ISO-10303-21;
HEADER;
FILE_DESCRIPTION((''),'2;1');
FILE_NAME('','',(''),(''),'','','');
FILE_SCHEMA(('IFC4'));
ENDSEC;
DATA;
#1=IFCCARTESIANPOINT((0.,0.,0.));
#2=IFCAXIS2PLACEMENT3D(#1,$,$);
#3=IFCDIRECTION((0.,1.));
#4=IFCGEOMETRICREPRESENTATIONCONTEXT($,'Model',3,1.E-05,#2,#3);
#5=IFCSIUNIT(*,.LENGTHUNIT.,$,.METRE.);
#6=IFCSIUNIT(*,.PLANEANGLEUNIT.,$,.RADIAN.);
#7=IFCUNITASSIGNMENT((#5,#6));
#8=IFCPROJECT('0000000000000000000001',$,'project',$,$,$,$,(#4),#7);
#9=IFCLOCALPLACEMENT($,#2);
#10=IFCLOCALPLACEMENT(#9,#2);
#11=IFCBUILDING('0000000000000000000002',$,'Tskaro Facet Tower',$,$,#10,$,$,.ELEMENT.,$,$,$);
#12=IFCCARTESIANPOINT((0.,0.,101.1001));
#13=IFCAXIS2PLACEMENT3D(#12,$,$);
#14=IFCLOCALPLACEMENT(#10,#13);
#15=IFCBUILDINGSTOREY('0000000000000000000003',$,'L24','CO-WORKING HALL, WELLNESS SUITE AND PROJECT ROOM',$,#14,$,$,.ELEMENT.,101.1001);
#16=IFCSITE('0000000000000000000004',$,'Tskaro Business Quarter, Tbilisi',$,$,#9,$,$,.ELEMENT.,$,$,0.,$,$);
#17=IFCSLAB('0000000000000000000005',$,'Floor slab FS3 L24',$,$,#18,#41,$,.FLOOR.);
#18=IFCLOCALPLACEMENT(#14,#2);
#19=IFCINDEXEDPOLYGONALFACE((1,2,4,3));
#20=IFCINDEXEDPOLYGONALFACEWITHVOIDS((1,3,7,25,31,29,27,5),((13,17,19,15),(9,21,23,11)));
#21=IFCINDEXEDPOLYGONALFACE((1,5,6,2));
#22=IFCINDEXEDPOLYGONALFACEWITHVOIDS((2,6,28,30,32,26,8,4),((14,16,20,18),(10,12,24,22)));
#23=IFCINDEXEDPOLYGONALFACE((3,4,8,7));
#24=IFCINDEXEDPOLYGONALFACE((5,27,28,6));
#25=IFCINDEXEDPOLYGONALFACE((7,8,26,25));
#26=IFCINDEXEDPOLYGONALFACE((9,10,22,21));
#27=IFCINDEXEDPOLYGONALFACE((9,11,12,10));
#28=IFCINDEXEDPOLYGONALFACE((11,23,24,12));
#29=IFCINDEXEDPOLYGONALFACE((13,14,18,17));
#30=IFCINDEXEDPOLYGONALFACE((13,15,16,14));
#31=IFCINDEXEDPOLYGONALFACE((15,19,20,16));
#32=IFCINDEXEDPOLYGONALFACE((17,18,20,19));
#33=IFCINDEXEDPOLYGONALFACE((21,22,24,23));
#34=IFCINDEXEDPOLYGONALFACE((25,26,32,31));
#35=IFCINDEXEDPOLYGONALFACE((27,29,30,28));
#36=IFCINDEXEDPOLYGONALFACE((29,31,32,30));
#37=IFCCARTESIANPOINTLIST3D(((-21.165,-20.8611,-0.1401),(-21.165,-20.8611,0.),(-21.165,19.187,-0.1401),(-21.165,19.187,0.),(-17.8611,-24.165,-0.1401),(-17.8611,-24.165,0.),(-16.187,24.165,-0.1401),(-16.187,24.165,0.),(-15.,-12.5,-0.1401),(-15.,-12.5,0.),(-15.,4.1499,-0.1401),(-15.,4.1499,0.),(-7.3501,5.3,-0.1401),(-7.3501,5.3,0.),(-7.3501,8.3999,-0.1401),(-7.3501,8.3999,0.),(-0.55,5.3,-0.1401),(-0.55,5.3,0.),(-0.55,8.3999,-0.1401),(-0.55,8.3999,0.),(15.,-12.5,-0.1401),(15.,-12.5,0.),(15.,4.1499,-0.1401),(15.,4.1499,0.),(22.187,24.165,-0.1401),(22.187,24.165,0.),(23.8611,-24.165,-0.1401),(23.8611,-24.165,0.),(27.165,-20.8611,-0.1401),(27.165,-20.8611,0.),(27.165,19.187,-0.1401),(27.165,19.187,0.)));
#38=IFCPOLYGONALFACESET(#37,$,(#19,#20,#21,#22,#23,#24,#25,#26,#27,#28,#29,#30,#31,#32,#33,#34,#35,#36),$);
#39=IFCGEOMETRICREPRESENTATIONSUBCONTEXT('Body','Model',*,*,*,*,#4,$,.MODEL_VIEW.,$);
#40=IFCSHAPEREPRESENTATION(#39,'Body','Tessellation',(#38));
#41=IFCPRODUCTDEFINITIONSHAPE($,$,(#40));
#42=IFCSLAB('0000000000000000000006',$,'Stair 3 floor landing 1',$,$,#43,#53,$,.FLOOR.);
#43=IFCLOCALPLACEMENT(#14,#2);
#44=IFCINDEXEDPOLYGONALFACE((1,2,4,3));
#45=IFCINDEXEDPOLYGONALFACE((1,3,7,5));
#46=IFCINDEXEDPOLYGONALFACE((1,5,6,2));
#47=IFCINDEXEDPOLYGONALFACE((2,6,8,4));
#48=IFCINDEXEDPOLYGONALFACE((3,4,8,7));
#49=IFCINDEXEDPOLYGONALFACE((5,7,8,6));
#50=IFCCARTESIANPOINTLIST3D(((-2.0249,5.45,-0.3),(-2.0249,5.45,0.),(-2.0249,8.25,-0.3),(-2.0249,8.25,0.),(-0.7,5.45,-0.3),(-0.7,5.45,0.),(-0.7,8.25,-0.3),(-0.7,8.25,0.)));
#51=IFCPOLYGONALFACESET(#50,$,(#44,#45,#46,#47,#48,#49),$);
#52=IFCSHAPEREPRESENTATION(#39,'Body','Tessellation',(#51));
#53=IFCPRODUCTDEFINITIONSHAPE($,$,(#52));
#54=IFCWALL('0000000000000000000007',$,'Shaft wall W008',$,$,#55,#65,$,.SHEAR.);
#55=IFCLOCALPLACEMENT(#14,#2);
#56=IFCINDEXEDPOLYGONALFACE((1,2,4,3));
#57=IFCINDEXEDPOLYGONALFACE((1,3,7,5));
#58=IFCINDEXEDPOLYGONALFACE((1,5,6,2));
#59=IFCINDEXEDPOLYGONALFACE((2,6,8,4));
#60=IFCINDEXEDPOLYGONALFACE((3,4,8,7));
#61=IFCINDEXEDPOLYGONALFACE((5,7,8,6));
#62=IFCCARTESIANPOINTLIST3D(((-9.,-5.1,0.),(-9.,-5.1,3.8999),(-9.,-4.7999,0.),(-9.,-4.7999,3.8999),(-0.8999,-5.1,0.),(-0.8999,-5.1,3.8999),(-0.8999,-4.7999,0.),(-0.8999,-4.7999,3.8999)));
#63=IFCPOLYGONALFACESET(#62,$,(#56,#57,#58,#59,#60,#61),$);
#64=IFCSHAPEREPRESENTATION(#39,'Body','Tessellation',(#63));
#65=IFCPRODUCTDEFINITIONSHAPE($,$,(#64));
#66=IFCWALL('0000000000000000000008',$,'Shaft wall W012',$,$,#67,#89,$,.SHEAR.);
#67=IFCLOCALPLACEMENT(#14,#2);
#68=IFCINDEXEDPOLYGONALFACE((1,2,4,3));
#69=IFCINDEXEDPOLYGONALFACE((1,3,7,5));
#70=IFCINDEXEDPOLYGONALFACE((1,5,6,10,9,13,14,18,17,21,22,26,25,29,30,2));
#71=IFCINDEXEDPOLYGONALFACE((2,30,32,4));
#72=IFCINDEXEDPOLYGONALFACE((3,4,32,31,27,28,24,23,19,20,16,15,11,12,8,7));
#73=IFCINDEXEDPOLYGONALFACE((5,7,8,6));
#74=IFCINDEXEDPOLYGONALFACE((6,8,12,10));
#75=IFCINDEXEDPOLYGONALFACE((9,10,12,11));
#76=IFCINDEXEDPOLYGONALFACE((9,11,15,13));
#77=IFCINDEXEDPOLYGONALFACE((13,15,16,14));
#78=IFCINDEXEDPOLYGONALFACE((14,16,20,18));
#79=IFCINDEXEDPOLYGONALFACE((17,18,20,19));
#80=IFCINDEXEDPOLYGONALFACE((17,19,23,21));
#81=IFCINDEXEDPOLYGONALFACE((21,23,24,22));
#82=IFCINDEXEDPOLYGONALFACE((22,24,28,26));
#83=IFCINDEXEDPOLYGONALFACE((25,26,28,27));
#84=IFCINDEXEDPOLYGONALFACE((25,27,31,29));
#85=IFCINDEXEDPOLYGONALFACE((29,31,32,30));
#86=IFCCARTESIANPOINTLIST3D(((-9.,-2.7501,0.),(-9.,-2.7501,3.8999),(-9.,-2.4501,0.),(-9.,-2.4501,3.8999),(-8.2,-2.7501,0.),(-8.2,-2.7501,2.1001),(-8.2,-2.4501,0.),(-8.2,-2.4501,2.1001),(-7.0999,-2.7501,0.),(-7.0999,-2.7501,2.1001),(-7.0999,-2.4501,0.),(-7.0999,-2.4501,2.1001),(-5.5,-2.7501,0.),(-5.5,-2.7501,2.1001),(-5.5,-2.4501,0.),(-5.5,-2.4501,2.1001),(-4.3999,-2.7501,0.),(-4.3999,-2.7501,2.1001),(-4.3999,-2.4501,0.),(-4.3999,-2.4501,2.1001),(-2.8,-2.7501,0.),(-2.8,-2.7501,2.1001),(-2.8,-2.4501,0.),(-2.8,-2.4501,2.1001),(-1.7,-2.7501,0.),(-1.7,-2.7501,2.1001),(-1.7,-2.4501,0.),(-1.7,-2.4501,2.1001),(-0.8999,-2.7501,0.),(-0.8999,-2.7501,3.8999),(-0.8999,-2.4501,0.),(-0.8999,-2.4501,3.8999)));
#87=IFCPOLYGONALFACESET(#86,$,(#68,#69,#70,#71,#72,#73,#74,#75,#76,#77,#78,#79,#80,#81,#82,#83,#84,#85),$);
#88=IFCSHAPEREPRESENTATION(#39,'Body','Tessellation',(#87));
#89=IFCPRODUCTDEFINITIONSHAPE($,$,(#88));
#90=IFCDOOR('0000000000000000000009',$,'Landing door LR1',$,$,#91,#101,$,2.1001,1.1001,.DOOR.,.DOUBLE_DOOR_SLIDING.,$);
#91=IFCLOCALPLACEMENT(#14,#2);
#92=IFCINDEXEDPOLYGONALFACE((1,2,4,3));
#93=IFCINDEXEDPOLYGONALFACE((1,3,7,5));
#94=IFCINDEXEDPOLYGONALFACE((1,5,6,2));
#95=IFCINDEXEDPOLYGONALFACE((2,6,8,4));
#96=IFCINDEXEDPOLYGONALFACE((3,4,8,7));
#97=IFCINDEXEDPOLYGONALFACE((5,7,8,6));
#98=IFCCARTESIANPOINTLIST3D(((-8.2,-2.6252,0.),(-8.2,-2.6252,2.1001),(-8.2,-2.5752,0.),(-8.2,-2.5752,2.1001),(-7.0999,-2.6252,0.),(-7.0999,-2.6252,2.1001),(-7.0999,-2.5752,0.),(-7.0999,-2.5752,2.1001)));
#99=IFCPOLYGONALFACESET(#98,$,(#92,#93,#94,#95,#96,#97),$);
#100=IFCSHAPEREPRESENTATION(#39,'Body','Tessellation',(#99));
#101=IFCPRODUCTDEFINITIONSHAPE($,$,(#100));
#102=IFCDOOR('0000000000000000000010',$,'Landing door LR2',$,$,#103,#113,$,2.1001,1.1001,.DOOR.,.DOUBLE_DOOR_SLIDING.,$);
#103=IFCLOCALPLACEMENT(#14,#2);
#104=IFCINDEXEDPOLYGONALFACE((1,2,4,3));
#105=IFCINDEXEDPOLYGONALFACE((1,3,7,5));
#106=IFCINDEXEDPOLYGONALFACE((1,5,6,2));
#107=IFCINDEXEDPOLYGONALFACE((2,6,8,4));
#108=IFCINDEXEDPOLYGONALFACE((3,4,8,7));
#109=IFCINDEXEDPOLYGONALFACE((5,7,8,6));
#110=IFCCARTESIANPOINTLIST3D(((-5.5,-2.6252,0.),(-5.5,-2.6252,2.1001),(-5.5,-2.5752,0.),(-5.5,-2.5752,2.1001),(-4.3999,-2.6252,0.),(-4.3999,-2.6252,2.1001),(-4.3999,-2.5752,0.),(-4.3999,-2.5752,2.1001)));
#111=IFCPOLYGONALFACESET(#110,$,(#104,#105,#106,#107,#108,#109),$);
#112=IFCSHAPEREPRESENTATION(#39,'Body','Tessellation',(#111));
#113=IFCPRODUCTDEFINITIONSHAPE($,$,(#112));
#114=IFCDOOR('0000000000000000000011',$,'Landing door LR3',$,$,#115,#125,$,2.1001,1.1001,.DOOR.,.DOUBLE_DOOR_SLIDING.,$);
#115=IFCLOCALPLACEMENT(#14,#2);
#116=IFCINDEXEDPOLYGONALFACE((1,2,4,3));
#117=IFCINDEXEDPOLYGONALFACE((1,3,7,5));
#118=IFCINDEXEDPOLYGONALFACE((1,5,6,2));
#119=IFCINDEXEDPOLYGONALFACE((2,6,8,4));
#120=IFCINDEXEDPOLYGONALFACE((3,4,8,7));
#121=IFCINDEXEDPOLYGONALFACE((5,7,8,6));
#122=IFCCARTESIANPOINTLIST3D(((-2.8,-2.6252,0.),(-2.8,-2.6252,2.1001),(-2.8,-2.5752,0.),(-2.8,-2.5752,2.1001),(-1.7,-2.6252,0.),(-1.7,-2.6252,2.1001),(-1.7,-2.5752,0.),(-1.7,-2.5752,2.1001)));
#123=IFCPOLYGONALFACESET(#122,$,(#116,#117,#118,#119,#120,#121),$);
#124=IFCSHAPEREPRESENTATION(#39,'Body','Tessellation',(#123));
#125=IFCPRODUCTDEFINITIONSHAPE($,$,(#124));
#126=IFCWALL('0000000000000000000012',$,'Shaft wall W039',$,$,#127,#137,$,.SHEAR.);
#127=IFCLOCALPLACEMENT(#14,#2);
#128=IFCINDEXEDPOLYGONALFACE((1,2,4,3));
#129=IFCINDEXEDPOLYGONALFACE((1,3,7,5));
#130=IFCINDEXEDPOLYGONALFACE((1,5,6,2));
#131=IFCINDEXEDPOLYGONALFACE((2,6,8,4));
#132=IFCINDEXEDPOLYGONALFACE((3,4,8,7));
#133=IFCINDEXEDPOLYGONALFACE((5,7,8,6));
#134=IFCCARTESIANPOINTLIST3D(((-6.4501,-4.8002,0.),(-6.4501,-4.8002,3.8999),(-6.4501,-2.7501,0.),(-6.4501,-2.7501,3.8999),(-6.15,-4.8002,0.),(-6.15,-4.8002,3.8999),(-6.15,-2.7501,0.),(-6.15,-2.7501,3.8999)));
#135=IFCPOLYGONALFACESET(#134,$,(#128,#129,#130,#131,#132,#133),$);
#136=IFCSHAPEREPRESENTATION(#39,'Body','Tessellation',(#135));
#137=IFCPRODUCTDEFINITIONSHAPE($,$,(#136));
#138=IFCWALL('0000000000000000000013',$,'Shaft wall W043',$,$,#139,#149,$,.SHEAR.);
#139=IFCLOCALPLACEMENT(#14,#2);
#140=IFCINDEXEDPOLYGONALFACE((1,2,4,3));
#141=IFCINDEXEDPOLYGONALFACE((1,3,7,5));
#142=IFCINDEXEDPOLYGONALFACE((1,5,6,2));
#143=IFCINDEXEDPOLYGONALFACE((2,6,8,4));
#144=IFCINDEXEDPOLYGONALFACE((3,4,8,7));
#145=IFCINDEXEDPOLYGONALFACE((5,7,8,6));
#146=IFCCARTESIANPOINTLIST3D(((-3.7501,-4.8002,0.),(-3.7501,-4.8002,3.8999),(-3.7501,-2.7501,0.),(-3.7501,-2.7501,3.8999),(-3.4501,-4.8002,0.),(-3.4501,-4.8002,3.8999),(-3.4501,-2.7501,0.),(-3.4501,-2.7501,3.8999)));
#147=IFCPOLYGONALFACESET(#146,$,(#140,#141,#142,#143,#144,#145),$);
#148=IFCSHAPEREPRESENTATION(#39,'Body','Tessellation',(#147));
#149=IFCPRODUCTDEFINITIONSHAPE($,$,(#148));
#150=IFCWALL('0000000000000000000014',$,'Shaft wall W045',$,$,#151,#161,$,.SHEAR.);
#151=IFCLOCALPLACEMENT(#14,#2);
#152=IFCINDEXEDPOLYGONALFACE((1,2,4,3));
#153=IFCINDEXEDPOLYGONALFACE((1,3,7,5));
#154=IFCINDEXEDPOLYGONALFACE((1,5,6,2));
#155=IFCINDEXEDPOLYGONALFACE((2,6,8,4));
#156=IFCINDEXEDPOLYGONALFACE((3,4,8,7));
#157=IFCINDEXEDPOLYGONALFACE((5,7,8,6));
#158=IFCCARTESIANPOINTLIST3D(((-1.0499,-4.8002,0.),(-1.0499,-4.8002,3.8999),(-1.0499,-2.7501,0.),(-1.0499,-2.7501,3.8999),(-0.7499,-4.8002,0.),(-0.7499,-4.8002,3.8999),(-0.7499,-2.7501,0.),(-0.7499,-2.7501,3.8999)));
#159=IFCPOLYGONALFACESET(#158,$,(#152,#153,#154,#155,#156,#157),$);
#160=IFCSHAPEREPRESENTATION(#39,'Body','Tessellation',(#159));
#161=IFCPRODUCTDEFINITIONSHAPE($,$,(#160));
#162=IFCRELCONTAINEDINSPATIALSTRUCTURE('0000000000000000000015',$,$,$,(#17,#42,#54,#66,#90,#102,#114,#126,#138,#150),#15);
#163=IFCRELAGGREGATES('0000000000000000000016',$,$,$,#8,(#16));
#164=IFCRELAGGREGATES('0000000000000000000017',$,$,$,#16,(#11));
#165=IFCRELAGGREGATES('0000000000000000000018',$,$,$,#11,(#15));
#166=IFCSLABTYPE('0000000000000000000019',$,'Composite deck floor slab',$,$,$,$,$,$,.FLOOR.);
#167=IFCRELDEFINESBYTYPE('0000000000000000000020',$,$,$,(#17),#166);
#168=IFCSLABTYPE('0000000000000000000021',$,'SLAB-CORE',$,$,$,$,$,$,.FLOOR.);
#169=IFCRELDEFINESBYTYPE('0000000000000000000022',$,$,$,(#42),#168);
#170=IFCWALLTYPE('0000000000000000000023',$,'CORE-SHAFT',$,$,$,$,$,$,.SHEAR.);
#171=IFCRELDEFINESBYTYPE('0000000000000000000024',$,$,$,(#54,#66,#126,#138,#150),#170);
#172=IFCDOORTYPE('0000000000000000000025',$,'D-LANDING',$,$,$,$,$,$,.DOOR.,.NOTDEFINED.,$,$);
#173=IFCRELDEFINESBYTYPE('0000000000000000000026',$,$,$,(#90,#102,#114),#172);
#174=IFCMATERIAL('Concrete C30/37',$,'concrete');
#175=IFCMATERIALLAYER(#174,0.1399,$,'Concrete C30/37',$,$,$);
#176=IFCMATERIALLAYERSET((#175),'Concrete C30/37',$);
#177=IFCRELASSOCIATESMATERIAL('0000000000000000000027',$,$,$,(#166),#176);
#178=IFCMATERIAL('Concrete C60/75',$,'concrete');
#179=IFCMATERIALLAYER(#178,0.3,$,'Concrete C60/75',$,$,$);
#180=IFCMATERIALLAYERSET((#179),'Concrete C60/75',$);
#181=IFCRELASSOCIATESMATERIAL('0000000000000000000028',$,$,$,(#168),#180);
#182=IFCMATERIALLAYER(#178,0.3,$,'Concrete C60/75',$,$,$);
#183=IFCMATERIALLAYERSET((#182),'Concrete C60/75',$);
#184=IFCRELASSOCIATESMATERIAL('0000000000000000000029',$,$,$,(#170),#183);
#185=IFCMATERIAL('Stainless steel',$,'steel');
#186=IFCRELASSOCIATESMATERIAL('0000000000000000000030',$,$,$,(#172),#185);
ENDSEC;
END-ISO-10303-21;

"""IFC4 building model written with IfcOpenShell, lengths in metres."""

from ifc_helpers import new_model, si_unit, direction, frame, frame_2d, origin, place, context, subcontext, project, spatial, polyline, rectangle, outline, extrude, material, layer, layer_set, type_object, element, fill, save


model = new_model("IFC4")

# Units and contexts
model_context = context("Model", 3, precision=1e-05, world=origin(), true_north=direction((0.0, 1.0)))
body_context = subcontext(model_context, "Body", "Model", "MODEL_VIEW")
ifc_project = project(units=[si_unit("LENGTHUNIT", "METRE"), si_unit("PLANEANGLEUNIT", "RADIAN")], contexts=[model_context])

# Site, building, storey
site_placement = place(None, origin())
site = spatial("IfcSite", under=ifc_project, at=site_placement, Name="Tskaro Business Quarter, Tbilisi", CompositionType="ELEMENT", RefElevation=0.0)
building_placement = place(site_placement, origin())
building = spatial("IfcBuilding", under=site, at=building_placement, Name="Tskaro Facet Tower", CompositionType="ELEMENT")
storey_placement = place(building_placement, frame((0.0, 0.0, 101.1001)))
storey = spatial("IfcBuildingStorey", under=building, at=storey_placement, Name="L24", Description="CO-WORKING HALL, WELLNESS SUITE AND PROJECT ROOM", CompositionType="ELEMENT", Elevation=101.1001)

# Slabs
ifc_material_1 = material(Name="Concrete C30/37", Category="concrete")
ifc_layer_1 = layer(ifc_material_1, 0.1399, Name="Concrete C30/37")
ifc_layer_set_1 = layer_set([ifc_layer_1], Name="Concrete C30/37")
slab_type_1 = type_object("IfcSlabType", Name="Composite deck floor slab", PredefinedType="FLOOR", material=ifc_layer_set_1)
slab_1_placement = place(storey_placement, frame((0.0, 0.0, -0.1401)))
element("IfcSlab", 1, at=slab_1_placement, inside=storey, type_object=slab_type_1, Name="Floor slab FS3 L24", PredefinedType="FLOOR", context=body_context, shape_type="SweptSolid", body=[
    extrude(outline(polyline([(-17.8611, -24.165), (23.8611, -24.165), (27.165, -20.8611), (27.165, 19.187), (22.187, 24.165), (-16.187, 24.165), (-21.165, 19.187), (-21.165, -20.8611), (-17.8611, -24.165)]), holes=[polyline([(-15.0, -12.5), (15.0, -12.5), (15.0, 4.1499), (-15.0, 4.1499), (-15.0, -12.5)]), polyline([(-7.3501, 5.3), (-0.55, 5.3), (-0.55, 8.3999), (-7.3501, 8.3999), (-7.3501, 5.3)])]), origin(), (0.0, 0.0, 1.0), 0.1401),
])
ifc_material_2 = material(Name="Concrete C60/75", Category="concrete")
ifc_layer_2 = layer(ifc_material_2, 0.3, Name="Concrete C60/75")
ifc_layer_set_2 = layer_set([ifc_layer_2], Name="Concrete C60/75")
slab_type_2 = type_object("IfcSlabType", Name="SLAB-CORE", PredefinedType="FLOOR", material=ifc_layer_set_2)
slab_2_placement = place(storey_placement, frame((0.0, 0.0, -0.3)))
element("IfcSlab", 2, at=slab_2_placement, inside=storey, type_object=slab_type_2, Name="Stair 3 floor landing 1", PredefinedType="FLOOR", context=body_context, shape_type="SweptSolid", body=[
    extrude(outline(polyline([(-2.0249, 5.45), (-0.7, 5.45), (-0.7, 8.25), (-2.0249, 8.25), (-2.0249, 5.45)])), origin(), (0.0, 0.0, 1.0), 0.3),
])

# Wall
ifc_layer_3 = layer(ifc_material_2, 0.3, Name="Concrete C60/75")
ifc_layer_set_3 = layer_set([ifc_layer_3], Name="Concrete C60/75")
wall_type = type_object("IfcWallType", Name="CORE-SHAFT", PredefinedType="SHEAR", material=ifc_layer_set_3)
wall_1_placement = place(storey_placement, frame((-9.0, -4.95, 0.0), z_axis=(0.0, 0.0, 1.0), x_axis=(1.0, 0.0, 0.0)))
element("IfcWall", 3, at=wall_1_placement, inside=storey, type_object=wall_type, Name="Shaft wall W008", PredefinedType="SHEAR", context=body_context, shape_type="SweptSolid", body=[
    extrude(rectangle(XDim=8.1001, YDim=0.3, at=frame_2d((4.05, 0.0))), origin(), (0.0, 0.0, 1.0), 3.8999),
])

# Wall, openings, doors
wall_2_placement = place(storey_placement, frame((-9.0, -2.6001, 0.0), z_axis=(0.0, 0.0, 1.0), x_axis=(1.0, 0.0, 0.0)))
wall_2 = element("IfcWall", 4, at=wall_2_placement, inside=storey, type_object=wall_type, Name="Shaft wall W012", PredefinedType="SHEAR", context=body_context, shape_type="SweptSolid", body=[
    extrude(rectangle(XDim=8.1001, YDim=0.3, at=frame_2d((4.05, 0.0))), origin(), (0.0, 0.0, 1.0), 3.8999),
])
opening_1_placement = place(wall_2_placement, frame((0.8, 0.0, 0.0)))
opening_1 = element("IfcOpeningElement", 5, at=opening_1_placement, cuts=wall_2, PredefinedType="OPENING", context=body_context, shape_type="SweptSolid", body=[
    extrude(rectangle(XDim=1.1001, YDim=2.1001, at=frame_2d((0.55, 1.05))), frame((0.0, 0.1599, 0.0), z_axis=(0.0, -1.0, 0.0), x_axis=(1.0, 0.0, 0.0)), (0.0, 0.0, 1.0), 0.3201),
])
opening_2_placement = place(wall_2_placement, frame((3.5, 0.0, 0.0)))
opening_2 = element("IfcOpeningElement", 6, at=opening_2_placement, cuts=wall_2, PredefinedType="OPENING", context=body_context, shape_type="SweptSolid", body=[
    extrude(rectangle(XDim=1.1001, YDim=2.1001, at=frame_2d((0.55, 1.05))), frame((0.0, 0.1599, 0.0), z_axis=(0.0, -1.0, 0.0), x_axis=(1.0, 0.0, 0.0)), (0.0, 0.0, 1.0), 0.3201),
])
opening_3_placement = place(wall_2_placement, frame((6.2, 0.0, 0.0)))
opening_3 = element("IfcOpeningElement", 7, at=opening_3_placement, cuts=wall_2, PredefinedType="OPENING", context=body_context, shape_type="SweptSolid", body=[
    extrude(rectangle(XDim=1.1001, YDim=2.1001, at=frame_2d((0.55, 1.05))), frame((0.0, 0.1599, 0.0), z_axis=(0.0, -1.0, 0.0), x_axis=(1.0, 0.0, 0.0)), (0.0, 0.0, 1.0), 0.3201),
])
ifc_material_3 = material(Name="Stainless steel", Category="steel")
door_type = type_object("IfcDoorType", Name="D-LANDING", OperationType="NOTDEFINED", PredefinedType="DOOR", material=ifc_material_3)
door_1_placement = place(opening_1_placement, origin())
door_1 = element("IfcDoor", 8, at=door_1_placement, inside=storey, type_object=door_type, Name="Landing door LR1", OperationType="DOUBLE_DOOR_SLIDING", OverallHeight=2.1001, OverallWidth=1.1001, PredefinedType="DOOR", context=body_context, shape_type="SweptSolid", body=[
    extrude(rectangle(XDim=1.1001, YDim=2.1001, at=frame_2d((0.55, 1.05))), frame((0.0, 0.0249, 0.0), z_axis=(0.0, -1.0, 0.0), x_axis=(1.0, 0.0, 0.0)), (0.0, 0.0, 1.0), 0.05),
])
fill(opening_1, door_1)
door_2_placement = place(opening_2_placement, origin())
door_2 = element("IfcDoor", 9, at=door_2_placement, inside=storey, type_object=door_type, Name="Landing door LR2", OperationType="DOUBLE_DOOR_SLIDING", OverallHeight=2.1001, OverallWidth=1.1001, PredefinedType="DOOR", context=body_context, shape_type="SweptSolid", body=[
    extrude(rectangle(XDim=1.1001, YDim=2.1001, at=frame_2d((0.55, 1.05))), frame((0.0, 0.0249, 0.0), z_axis=(0.0, -1.0, 0.0), x_axis=(1.0, 0.0, 0.0)), (0.0, 0.0, 1.0), 0.05),
])
fill(opening_2, door_2)
door_3_placement = place(opening_3_placement, origin())
door_3 = element("IfcDoor", 10, at=door_3_placement, inside=storey, type_object=door_type, Name="Landing door LR3", OperationType="DOUBLE_DOOR_SLIDING", OverallHeight=2.1001, OverallWidth=1.1001, PredefinedType="DOOR", context=body_context, shape_type="SweptSolid", body=[
    extrude(rectangle(XDim=1.1001, YDim=2.1001, at=frame_2d((0.55, 1.05))), frame((0.0, 0.0249, 0.0), z_axis=(0.0, -1.0, 0.0), x_axis=(1.0, 0.0, 0.0)), (0.0, 0.0, 1.0), 0.05),
])
fill(opening_3, door_3)

# Walls
for number, where, z_axis, x_axis, name in (
    (11, (-6.3, -4.8, 0.0), (0.0, 0.0, 1.0), (0.0, 1.0, 0.0), "Shaft wall W039"),
    (12, (-3.6001, -4.8, 0.0), (0.0, 0.0, 1.0), (0.0, 1.0, 0.0), "Shaft wall W043"),
    (13, (-0.8999, -4.8, 0.0), (0.0, 0.0, 1.0), (0.0, 1.0, 0.0), "Shaft wall W045"),
):
    element("IfcWall", number, at=place(storey_placement, frame(where, z_axis=z_axis, x_axis=x_axis)), inside=storey, type_object=wall_type, Name=name, PredefinedType="SHEAR", context=body_context, shape_type="SweptSolid", body=[
        extrude(rectangle(XDim=2.05, YDim=0.3, at=frame_2d((1.0249, 0.0))), origin(), (0.0, 0.0, 1.0), 3.8999),
    ])

save(model, "model.ifc")
